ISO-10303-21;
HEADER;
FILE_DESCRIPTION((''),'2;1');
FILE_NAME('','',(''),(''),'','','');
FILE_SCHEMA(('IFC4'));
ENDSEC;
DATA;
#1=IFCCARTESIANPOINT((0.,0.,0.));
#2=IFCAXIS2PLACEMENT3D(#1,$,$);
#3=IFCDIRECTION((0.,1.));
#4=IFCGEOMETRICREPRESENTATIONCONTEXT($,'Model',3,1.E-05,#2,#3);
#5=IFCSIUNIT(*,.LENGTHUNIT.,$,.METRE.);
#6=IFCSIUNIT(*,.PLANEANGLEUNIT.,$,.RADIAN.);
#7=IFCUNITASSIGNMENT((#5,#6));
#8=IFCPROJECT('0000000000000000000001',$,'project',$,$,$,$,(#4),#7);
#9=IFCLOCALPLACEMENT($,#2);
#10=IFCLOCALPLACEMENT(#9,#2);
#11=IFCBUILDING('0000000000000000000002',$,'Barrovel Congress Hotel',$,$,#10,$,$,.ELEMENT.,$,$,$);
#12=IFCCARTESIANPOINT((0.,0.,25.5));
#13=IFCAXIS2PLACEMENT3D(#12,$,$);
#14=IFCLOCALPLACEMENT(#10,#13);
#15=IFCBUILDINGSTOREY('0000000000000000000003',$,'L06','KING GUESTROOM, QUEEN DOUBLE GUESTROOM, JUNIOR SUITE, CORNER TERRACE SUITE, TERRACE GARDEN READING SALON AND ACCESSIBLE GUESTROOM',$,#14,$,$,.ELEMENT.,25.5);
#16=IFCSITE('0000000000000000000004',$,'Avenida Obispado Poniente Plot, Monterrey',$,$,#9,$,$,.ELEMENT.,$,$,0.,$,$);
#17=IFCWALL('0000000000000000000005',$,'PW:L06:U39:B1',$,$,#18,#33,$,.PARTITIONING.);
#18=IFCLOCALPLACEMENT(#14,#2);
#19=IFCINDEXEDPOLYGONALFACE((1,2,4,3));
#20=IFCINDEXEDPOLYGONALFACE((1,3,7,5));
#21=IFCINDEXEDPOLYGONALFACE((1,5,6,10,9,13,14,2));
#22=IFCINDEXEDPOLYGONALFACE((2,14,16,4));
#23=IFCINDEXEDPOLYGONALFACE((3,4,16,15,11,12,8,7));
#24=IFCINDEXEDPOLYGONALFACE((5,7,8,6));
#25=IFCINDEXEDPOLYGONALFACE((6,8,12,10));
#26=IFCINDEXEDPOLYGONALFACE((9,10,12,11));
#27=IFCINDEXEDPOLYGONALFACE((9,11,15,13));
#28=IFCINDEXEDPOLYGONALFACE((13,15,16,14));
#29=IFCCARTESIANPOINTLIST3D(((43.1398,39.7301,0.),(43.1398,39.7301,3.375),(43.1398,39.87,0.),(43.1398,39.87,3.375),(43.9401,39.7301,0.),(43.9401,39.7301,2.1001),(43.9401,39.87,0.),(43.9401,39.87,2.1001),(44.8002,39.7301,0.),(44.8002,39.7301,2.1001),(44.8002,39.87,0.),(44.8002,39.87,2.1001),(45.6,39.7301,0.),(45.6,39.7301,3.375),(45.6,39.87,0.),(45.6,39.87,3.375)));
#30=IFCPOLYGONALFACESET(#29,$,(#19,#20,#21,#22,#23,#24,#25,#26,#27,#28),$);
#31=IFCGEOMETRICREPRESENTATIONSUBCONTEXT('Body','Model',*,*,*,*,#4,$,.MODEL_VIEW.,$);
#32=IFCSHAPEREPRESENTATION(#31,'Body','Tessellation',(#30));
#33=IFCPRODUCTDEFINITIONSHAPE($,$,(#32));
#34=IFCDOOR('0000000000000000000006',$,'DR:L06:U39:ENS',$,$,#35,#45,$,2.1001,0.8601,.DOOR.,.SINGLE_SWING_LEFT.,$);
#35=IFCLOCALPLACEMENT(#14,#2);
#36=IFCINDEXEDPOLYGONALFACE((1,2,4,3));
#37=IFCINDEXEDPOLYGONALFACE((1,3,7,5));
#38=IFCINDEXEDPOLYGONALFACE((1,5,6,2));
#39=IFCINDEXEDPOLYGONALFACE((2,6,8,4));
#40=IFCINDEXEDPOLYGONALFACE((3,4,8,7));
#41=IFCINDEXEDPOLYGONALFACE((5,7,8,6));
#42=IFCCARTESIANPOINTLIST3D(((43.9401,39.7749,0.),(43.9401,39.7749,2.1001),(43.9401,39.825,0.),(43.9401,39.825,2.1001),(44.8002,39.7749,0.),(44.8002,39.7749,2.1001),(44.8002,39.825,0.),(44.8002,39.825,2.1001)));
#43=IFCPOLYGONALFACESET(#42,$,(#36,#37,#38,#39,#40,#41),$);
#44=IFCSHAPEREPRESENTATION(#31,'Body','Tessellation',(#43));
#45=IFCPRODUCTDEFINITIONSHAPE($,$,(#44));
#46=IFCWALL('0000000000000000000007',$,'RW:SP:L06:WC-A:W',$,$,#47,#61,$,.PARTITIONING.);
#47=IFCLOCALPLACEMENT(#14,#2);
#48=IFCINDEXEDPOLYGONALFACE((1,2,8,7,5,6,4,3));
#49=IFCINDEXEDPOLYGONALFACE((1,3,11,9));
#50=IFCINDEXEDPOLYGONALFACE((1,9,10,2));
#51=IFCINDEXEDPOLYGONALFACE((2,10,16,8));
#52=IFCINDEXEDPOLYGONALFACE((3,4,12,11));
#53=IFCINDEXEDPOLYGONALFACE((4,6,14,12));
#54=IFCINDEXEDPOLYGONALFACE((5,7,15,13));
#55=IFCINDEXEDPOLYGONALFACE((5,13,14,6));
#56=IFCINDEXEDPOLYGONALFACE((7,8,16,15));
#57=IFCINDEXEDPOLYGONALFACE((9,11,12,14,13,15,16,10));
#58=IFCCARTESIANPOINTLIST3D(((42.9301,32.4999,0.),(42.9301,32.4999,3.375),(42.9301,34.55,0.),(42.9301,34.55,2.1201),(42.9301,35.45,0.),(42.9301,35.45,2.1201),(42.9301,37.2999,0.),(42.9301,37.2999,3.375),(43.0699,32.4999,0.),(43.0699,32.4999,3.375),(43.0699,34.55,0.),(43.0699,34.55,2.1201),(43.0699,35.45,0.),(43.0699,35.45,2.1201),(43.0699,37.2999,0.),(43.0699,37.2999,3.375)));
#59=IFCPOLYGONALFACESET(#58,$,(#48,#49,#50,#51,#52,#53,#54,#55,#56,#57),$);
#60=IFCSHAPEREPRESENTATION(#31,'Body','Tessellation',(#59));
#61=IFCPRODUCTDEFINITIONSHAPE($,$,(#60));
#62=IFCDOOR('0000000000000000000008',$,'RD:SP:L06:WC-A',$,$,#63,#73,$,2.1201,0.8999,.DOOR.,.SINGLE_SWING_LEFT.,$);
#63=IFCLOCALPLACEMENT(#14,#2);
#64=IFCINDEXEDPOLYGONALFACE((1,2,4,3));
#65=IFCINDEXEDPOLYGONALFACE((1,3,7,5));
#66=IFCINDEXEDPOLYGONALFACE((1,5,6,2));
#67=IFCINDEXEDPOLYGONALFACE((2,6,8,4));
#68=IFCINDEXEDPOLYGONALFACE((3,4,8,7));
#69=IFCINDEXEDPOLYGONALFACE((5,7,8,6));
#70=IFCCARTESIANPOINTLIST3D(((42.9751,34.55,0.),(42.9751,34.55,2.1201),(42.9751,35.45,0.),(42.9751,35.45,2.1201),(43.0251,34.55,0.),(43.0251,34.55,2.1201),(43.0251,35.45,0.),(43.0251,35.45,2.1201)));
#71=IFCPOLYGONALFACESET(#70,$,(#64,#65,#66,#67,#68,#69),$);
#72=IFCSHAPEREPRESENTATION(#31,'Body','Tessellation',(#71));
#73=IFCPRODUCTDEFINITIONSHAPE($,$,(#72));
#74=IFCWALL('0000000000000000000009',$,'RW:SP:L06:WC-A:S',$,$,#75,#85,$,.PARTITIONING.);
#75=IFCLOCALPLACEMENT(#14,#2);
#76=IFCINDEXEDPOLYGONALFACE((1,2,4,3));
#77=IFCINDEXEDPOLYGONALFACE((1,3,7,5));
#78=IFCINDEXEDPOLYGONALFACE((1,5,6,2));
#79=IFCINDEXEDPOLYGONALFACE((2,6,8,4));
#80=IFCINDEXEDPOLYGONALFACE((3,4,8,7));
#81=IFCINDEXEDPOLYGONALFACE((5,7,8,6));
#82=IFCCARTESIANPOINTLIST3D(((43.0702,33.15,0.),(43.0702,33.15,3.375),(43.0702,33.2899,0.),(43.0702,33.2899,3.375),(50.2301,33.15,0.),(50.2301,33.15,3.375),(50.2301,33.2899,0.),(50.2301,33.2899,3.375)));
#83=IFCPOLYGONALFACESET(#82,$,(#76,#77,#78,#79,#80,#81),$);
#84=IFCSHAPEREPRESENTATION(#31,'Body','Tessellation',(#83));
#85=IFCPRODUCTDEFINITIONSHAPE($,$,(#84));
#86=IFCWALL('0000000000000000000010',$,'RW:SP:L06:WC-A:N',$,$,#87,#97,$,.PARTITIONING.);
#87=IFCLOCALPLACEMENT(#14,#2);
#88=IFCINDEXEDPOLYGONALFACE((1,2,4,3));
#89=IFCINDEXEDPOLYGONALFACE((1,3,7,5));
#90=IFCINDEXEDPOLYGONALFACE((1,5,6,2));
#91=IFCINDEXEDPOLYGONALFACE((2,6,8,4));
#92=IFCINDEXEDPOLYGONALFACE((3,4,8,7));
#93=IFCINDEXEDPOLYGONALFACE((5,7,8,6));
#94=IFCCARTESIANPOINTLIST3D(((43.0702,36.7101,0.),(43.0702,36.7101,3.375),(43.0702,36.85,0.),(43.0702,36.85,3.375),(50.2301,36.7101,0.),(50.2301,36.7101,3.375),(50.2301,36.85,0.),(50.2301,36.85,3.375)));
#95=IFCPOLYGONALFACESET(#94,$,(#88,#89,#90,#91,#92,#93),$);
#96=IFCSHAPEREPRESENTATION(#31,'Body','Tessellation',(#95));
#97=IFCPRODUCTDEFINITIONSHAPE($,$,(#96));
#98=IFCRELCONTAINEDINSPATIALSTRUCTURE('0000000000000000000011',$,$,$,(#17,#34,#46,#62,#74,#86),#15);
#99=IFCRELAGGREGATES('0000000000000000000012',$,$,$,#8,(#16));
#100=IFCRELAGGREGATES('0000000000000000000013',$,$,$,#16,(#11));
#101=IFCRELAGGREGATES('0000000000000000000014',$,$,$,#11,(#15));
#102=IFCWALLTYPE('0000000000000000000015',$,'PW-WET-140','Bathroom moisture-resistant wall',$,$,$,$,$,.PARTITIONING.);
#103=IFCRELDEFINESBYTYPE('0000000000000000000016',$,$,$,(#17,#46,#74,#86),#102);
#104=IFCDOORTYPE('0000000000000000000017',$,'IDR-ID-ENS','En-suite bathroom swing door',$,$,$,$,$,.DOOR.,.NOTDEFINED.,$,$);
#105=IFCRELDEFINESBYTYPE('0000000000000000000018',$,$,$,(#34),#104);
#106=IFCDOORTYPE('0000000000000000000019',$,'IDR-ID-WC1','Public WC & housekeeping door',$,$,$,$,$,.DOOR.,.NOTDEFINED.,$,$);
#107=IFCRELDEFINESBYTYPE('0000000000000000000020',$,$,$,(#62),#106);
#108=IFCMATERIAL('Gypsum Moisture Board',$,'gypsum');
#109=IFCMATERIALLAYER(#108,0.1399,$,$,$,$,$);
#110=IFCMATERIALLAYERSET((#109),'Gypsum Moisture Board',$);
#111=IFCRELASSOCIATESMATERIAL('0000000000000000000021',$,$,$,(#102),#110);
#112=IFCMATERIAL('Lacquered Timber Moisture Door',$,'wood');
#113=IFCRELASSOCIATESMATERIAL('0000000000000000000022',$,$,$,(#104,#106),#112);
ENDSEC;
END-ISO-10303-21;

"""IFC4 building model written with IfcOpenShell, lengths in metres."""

from ifc_helpers import new_model, si_unit, direction, frame, frame_2d, origin, place, context, subcontext, project, spatial, rectangle, extrude, material, layer, layer_set, type_object, element, fill, save


model = new_model("IFC4")

# Units and contexts
model_context = context("Model", 3, precision=1e-05, world=origin(), true_north=direction((0.0, 1.0)))
body_context = subcontext(model_context, "Body", "Model", "MODEL_VIEW")
ifc_project = project(units=[si_unit("LENGTHUNIT", "METRE"), si_unit("PLANEANGLEUNIT", "RADIAN")], contexts=[model_context])

# Site, building, storey
site_placement = place(None, origin())
site = spatial("IfcSite", under=ifc_project, at=site_placement, Name="Avenida Obispado Poniente Plot, Monterrey", CompositionType="ELEMENT", RefElevation=0.0)
building_placement = place(site_placement, origin())
building = spatial("IfcBuilding", under=site, at=building_placement, Name="Barrovel Congress Hotel", CompositionType="ELEMENT")
storey_placement = place(building_placement, frame((0.0, 0.0, 25.5)))
storey = spatial("IfcBuildingStorey", under=building, at=storey_placement, Name="L06", Description="KING GUESTROOM, QUEEN DOUBLE GUESTROOM, JUNIOR SUITE, CORNER TERRACE SUITE, TERRACE GARDEN READING SALON AND ACCESSIBLE GUESTROOM", CompositionType="ELEMENT", Elevation=25.5)

# Walls, openings, doors
ifc_material_1 = material(Name="Gypsum Moisture Board", Category="gypsum")
ifc_layer_1 = layer(ifc_material_1, 0.1399)
ifc_layer_set_1 = layer_set([ifc_layer_1], Name="Gypsum Moisture Board")
wall_type_1 = type_object("IfcWallType", Name="PW-WET-140", Description="Bathroom moisture-resistant wall", PredefinedType="PARTITIONING", material=ifc_layer_set_1)
wall_1_placement = place(storey_placement, frame((43.1399, 39.8, 0.0), z_axis=(0.0, 0.0, 1.0), x_axis=(1.0, 0.0, 0.0)))
wall_1 = element("IfcWall", 1, at=wall_1_placement, inside=storey, type_object=wall_type_1, Name="PW:L06:U39:B1", PredefinedType="PARTITIONING", context=body_context, shape_type="SweptSolid", body=[
    extrude(rectangle(XDim=2.4602, YDim=0.1399, at=frame_2d((1.23, 0.0))), origin(), (0.0, 0.0, 1.0), 3.375),
])
opening_1_placement = place(wall_1_placement, frame((0.8, 0.0, 0.0)))
opening_1 = element("IfcOpeningElement", 2, at=opening_1_placement, cuts=wall_1, PredefinedType="OPENING", context=body_context, shape_type="SweptSolid", body=[
    extrude(rectangle(XDim=0.8601, YDim=2.1001, at=frame_2d((0.4302, 1.05))), frame((0.0, 0.0801, 0.0), z_axis=(0.0, -1.0, 0.0), x_axis=(1.0, 0.0, 0.0)), (0.0, 0.0, 1.0), 0.1599),
])
ifc_material_2 = material(Name="Lacquered Timber Moisture Door", Category="wood")
door_type_1 = type_object("IfcDoorType", Name="IDR-ID-ENS", Description="En-suite bathroom swing door", OperationType="NOTDEFINED", PredefinedType="DOOR", material=ifc_material_2)
door_1_placement = place(opening_1_placement, origin())
door_1 = element("IfcDoor", 3, at=door_1_placement, inside=storey, type_object=door_type_1, Name="DR:L06:U39:ENS", OperationType="SINGLE_SWING_LEFT", OverallHeight=2.1001, OverallWidth=0.8601, PredefinedType="DOOR", context=body_context, shape_type="SweptSolid", body=[
    extrude(rectangle(XDim=0.8601, YDim=2.1001, at=frame_2d((0.4302, 1.05))), frame((0.0, 0.0249, 0.0), z_axis=(0.0, -1.0, 0.0), x_axis=(1.0, 0.0, 0.0)), (0.0, 0.0, 1.0), 0.05),
])
fill(opening_1, door_1)
wall_2_placement = place(storey_placement, frame((43.0, 32.5, 0.0), z_axis=(0.0, 0.0, 1.0), x_axis=(0.0, 1.0, 0.0)))
wall_2 = element("IfcWall", 4, at=wall_2_placement, inside=storey, type_object=wall_type_1, Name="RW:SP:L06:WC-A:W", PredefinedType="PARTITIONING", context=body_context, shape_type="SweptSolid", body=[
    extrude(rectangle(XDim=4.8, YDim=0.1399, at=frame_2d((2.3999, 0.0))), origin(), (0.0, 0.0, 1.0), 3.375),
])
opening_2_placement = place(wall_2_placement, frame((2.05, 0.0, 0.0)))
opening_2 = element("IfcOpeningElement", 5, at=opening_2_placement, cuts=wall_2, PredefinedType="OPENING", context=body_context, shape_type="SweptSolid", body=[
    extrude(rectangle(XDim=0.8999, YDim=2.1201, at=frame_2d((0.45, 1.0601))), frame((0.0, 0.0801, 0.0), z_axis=(0.0, -1.0, 0.0), x_axis=(1.0, 0.0, 0.0)), (0.0, 0.0, 1.0), 0.1599),
])
door_type_2 = type_object("IfcDoorType", Name="IDR-ID-WC1", Description="Public WC & housekeeping door", OperationType="NOTDEFINED", PredefinedType="DOOR", material=ifc_material_2)
door_2_placement = place(opening_2_placement, origin())
door_2 = element("IfcDoor", 6, at=door_2_placement, inside=storey, type_object=door_type_2, Name="RD:SP:L06:WC-A", OperationType="SINGLE_SWING_LEFT", OverallHeight=2.1201, OverallWidth=0.8999, PredefinedType="DOOR", context=body_context, shape_type="SweptSolid", body=[
    extrude(rectangle(XDim=0.8999, YDim=2.1201, at=frame_2d((0.45, 1.0601))), frame((0.0, 0.0249, 0.0), z_axis=(0.0, -1.0, 0.0), x_axis=(1.0, 0.0, 0.0)), (0.0, 0.0, 1.0), 0.05),
])
fill(opening_2, door_2)

# Walls
for number, where, z_axis, x_axis, name in (
    (7, (43.0701, 33.22, 0.0), (0.0, 0.0, 1.0), (1.0, 0.0, 0.0), "RW:SP:L06:WC-A:S"),
    (8, (43.0701, 36.78, 0.0), (0.0, 0.0, 1.0), (1.0, 0.0, 0.0), "RW:SP:L06:WC-A:N"),
):
    element("IfcWall", number, at=place(storey_placement, frame(where, z_axis=z_axis, x_axis=x_axis)), inside=storey, type_object=wall_type_1, Name=name, PredefinedType="PARTITIONING", context=body_context, shape_type="SweptSolid", body=[
        extrude(rectangle(XDim=7.1599, YDim=0.1399, at=frame_2d((3.5801, 0.0))), origin(), (0.0, 0.0, 1.0), 3.375),
    ])

save(model, "model.ifc")
